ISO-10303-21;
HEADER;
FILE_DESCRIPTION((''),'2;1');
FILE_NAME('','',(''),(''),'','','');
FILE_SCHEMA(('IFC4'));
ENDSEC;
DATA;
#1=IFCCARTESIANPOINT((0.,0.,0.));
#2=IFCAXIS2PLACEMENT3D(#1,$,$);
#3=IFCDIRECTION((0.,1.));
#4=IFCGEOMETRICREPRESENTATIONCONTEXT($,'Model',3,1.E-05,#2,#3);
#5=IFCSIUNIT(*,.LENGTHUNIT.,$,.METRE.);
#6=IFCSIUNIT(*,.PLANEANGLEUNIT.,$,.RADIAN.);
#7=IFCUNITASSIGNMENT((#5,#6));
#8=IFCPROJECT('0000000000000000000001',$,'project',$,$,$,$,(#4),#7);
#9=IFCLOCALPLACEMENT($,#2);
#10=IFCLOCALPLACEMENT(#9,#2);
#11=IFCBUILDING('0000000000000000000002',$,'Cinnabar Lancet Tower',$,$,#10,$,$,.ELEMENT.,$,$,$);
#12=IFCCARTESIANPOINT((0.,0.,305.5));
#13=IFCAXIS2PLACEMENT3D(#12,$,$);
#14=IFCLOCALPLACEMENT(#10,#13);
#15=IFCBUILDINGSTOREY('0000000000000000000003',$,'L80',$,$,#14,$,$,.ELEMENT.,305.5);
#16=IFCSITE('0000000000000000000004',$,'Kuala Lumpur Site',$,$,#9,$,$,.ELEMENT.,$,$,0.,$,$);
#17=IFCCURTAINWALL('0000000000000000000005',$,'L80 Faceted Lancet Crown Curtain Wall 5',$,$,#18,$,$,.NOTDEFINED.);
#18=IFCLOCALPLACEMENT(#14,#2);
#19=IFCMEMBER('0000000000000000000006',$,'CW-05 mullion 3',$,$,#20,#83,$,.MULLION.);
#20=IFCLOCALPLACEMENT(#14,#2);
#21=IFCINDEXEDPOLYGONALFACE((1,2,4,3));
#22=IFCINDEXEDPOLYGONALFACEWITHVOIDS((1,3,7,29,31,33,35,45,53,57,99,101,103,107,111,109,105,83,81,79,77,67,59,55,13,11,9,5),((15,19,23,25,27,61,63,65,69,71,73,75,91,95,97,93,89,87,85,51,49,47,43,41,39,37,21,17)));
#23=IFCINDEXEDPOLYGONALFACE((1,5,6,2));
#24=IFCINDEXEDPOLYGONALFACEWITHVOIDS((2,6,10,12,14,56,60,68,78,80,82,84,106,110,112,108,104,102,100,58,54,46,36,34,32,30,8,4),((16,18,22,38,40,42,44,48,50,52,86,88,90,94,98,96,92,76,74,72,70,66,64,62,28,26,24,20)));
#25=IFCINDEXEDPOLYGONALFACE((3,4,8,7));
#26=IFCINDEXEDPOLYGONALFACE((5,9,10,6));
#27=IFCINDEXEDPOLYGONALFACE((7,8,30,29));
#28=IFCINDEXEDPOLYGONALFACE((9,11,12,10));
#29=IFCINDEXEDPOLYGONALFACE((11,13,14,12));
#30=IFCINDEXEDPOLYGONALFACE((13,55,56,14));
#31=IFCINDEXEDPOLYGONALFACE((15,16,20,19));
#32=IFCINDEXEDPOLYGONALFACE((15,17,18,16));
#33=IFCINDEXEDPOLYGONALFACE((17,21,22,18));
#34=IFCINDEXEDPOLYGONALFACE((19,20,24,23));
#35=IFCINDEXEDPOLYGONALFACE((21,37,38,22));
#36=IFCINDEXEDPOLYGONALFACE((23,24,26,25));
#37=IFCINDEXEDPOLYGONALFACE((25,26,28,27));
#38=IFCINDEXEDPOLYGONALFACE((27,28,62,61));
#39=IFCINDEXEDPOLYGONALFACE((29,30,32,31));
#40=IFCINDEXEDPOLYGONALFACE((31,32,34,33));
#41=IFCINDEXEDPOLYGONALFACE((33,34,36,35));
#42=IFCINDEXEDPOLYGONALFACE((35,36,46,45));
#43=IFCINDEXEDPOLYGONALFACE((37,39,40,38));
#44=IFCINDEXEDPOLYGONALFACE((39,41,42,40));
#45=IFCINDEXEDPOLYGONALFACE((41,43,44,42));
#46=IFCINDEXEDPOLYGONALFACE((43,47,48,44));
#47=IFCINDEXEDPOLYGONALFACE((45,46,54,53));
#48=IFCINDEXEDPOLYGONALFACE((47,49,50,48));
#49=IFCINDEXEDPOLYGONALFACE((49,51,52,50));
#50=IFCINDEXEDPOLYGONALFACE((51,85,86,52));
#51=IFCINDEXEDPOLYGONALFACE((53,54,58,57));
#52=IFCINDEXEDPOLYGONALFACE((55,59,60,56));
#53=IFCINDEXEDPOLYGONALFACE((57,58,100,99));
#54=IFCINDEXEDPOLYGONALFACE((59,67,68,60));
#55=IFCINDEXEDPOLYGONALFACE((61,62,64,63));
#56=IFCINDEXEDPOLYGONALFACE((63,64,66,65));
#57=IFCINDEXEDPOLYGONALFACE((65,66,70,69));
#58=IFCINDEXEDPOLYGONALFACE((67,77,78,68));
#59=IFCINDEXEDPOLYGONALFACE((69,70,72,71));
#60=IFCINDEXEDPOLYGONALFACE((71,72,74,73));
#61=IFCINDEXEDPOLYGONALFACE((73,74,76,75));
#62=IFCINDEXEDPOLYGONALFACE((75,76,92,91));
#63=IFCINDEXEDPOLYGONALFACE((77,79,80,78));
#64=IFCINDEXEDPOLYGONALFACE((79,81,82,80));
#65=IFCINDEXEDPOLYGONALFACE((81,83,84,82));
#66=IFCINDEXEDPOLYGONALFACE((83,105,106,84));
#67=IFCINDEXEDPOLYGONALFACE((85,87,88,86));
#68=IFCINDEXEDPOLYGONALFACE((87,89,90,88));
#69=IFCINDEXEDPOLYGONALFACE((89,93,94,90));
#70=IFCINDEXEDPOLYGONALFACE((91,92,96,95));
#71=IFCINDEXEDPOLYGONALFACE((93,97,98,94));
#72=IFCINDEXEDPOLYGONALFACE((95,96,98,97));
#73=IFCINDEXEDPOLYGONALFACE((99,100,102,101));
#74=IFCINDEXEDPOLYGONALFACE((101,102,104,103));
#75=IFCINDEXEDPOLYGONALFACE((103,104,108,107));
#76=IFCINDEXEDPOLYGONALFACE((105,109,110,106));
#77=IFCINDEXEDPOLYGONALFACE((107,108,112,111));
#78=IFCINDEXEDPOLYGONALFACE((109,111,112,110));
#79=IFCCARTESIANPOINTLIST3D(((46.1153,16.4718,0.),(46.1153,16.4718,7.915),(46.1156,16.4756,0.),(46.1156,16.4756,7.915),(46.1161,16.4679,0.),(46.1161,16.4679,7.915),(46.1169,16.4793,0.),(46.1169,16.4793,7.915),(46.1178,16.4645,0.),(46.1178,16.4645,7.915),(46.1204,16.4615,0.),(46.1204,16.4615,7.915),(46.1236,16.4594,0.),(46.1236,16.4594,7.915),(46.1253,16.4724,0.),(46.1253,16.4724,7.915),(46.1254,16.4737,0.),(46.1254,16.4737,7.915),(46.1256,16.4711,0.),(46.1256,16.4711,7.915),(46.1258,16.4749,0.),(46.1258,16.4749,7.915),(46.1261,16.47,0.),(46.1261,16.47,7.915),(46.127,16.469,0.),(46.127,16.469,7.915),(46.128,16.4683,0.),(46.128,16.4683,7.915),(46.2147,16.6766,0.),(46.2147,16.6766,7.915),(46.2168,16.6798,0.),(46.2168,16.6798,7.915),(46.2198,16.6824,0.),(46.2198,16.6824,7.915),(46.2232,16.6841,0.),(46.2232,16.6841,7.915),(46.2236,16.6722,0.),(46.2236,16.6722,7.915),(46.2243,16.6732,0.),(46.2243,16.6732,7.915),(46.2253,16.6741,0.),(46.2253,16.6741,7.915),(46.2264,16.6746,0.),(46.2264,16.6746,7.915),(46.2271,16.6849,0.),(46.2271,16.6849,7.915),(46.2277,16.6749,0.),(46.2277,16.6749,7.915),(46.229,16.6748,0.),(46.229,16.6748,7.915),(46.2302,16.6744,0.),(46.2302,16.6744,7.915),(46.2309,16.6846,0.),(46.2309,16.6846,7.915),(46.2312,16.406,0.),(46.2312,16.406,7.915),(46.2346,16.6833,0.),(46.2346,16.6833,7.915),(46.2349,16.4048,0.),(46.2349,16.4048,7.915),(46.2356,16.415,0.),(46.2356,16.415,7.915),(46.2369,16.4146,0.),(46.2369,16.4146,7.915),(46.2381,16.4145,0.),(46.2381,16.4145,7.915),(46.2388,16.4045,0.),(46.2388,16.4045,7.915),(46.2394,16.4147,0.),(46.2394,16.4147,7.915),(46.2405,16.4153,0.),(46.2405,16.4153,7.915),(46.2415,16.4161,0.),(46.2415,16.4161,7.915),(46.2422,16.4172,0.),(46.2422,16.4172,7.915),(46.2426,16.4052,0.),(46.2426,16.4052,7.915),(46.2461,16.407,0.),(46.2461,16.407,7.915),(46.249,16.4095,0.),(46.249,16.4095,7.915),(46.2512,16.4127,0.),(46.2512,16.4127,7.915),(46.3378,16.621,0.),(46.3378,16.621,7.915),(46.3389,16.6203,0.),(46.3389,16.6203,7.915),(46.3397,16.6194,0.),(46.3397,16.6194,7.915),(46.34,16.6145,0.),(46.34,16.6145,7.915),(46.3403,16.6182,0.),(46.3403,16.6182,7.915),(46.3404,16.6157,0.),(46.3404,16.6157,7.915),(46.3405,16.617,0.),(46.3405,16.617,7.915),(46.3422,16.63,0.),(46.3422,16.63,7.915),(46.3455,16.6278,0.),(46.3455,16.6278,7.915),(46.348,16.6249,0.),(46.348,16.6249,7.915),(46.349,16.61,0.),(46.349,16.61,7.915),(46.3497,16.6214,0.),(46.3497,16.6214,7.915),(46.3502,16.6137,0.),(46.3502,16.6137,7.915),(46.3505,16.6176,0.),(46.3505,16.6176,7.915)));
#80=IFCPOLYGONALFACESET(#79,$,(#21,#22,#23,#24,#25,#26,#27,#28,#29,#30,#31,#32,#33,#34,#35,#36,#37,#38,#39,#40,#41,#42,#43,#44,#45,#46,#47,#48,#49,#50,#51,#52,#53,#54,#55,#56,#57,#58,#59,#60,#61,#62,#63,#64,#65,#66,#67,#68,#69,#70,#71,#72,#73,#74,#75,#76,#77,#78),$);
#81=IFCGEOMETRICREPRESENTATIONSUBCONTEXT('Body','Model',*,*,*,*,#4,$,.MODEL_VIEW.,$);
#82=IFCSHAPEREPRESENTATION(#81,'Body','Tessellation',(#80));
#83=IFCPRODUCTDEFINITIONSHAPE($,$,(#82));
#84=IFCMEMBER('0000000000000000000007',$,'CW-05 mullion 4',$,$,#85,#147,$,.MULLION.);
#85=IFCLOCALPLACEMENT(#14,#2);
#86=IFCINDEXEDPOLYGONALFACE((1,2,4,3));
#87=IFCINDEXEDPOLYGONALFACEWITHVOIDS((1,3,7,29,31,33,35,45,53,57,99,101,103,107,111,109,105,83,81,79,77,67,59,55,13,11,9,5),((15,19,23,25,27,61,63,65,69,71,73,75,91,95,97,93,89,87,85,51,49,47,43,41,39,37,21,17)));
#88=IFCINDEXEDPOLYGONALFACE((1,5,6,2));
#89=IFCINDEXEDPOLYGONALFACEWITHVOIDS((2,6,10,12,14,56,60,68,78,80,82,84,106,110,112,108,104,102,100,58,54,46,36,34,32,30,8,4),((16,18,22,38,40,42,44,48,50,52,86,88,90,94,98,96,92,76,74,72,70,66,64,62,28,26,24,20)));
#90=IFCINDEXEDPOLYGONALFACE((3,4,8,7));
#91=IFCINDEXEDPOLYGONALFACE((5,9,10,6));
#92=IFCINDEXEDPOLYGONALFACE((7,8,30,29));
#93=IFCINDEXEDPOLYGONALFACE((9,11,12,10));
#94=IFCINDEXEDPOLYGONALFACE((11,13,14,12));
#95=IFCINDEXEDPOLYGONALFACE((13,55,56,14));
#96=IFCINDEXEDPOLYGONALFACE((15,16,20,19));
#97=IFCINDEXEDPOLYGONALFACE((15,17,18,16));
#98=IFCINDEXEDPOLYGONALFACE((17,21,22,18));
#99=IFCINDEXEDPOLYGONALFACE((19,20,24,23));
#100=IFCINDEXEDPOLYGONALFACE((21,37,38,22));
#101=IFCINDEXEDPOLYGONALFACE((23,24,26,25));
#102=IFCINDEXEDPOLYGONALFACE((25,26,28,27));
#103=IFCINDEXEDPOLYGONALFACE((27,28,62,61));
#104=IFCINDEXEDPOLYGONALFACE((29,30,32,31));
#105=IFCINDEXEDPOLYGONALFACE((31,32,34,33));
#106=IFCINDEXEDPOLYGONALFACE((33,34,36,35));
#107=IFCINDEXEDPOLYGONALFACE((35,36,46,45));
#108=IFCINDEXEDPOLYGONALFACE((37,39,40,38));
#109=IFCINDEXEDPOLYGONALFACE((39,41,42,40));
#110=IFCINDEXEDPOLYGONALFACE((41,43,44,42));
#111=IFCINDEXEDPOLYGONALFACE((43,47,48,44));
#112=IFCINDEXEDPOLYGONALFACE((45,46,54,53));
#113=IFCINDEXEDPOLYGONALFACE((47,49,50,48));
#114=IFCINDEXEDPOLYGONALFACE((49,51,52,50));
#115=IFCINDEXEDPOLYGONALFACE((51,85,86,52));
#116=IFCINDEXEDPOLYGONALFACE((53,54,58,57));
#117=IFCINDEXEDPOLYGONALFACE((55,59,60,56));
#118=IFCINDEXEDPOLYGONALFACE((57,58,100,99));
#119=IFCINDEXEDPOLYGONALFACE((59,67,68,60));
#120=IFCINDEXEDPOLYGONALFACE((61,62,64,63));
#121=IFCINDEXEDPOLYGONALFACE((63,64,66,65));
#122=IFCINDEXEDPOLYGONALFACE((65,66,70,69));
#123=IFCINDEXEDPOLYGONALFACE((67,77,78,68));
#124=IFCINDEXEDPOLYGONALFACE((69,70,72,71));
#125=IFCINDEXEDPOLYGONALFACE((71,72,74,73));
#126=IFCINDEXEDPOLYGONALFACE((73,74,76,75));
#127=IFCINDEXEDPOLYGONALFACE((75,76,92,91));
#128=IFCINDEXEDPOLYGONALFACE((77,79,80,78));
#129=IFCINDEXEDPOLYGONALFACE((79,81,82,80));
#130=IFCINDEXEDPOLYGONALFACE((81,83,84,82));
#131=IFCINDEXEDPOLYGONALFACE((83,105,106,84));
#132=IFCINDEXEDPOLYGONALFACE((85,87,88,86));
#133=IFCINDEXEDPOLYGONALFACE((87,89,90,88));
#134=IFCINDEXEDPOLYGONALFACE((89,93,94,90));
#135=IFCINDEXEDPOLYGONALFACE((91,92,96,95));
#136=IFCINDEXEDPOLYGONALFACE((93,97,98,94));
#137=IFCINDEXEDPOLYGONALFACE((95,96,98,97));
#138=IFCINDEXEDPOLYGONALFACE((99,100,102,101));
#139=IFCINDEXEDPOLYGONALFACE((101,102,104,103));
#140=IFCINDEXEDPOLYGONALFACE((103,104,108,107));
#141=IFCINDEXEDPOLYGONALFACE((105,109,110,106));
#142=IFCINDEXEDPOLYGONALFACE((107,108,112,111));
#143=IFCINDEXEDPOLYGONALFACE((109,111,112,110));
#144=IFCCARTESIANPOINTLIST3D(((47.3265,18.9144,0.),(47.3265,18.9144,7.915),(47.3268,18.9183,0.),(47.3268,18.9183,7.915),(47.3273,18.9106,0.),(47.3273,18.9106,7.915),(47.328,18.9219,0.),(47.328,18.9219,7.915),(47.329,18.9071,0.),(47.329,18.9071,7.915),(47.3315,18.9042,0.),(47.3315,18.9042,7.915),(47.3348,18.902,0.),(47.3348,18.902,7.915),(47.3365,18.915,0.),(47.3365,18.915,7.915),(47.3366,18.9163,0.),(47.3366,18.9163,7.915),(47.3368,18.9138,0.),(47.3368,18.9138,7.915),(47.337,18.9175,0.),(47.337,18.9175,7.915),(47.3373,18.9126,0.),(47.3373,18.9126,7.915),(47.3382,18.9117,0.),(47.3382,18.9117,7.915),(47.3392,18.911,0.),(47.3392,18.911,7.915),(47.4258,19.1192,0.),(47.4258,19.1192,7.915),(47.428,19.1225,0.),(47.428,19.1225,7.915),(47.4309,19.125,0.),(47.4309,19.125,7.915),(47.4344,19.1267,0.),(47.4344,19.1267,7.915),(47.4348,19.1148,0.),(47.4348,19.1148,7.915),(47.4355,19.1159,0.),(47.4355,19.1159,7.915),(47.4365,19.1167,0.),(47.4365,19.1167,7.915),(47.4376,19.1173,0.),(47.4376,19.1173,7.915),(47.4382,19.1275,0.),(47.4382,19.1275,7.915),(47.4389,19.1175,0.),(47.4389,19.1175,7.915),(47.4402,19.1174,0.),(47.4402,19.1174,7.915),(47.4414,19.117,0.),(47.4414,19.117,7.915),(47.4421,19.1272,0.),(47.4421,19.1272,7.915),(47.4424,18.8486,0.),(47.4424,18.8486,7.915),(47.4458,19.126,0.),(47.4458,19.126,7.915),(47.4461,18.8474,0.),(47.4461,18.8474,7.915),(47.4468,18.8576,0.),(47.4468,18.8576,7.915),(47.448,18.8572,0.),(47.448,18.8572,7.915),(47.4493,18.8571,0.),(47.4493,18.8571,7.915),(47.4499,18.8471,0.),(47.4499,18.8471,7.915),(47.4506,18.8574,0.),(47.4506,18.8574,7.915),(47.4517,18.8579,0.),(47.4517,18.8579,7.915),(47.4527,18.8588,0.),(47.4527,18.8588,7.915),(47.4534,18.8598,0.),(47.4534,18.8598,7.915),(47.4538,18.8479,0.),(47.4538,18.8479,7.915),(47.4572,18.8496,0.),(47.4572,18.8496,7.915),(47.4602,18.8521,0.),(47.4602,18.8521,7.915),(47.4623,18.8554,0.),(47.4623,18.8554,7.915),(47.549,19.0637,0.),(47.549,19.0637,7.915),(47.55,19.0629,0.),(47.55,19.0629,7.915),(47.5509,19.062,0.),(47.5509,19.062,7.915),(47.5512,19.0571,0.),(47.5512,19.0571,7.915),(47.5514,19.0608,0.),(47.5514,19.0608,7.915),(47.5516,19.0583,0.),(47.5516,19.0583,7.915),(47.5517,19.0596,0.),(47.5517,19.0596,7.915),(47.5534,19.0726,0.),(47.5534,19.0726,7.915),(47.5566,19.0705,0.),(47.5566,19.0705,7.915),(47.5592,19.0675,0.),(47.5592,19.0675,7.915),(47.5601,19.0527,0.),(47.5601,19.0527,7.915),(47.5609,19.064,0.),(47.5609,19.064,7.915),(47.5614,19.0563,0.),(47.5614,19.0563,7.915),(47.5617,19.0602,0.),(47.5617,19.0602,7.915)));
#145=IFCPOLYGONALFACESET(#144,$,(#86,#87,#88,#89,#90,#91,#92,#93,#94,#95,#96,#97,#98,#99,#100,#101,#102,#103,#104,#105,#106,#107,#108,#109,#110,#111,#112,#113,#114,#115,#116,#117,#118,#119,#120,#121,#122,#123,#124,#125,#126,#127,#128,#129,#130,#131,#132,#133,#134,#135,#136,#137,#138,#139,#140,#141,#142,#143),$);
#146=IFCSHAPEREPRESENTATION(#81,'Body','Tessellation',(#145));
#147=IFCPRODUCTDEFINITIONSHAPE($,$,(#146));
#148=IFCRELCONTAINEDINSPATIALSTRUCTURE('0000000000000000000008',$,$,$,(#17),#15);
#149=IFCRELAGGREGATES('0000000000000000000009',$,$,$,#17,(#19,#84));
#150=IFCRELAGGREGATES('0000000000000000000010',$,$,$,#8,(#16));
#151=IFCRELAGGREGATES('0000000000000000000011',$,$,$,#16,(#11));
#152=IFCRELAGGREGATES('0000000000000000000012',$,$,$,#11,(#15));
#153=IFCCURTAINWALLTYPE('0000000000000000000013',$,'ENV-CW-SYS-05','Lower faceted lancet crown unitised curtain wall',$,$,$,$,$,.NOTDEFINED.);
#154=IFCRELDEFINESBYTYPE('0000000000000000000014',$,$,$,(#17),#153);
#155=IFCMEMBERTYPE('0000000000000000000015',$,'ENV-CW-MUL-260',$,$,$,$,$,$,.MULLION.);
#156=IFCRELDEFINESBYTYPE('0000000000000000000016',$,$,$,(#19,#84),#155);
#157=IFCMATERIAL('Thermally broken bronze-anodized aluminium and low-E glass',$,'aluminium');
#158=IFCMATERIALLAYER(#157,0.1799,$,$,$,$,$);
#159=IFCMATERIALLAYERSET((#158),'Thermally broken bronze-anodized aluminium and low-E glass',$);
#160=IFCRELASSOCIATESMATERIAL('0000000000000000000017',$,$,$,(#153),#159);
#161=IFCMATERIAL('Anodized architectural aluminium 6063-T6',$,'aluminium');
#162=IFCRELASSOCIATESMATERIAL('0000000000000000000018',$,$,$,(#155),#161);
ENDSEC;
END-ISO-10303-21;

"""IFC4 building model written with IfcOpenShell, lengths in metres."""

from ifc_helpers import new_model, si_unit, direction, frame, origin, origin_2d, place, context, subcontext, project, spatial, hollow_rectangle, extrude, material, layer, layer_set, material_profile, profile_set, type_object, element, aggregate, save


model = new_model("IFC4")

# Units and contexts
model_context = context("Model", 3, precision=1e-05, world=origin(), true_north=direction((0.0, 1.0)))
body_context = subcontext(model_context, "Body", "Model", "MODEL_VIEW")
ifc_project = project(units=[si_unit("LENGTHUNIT", "METRE"), si_unit("PLANEANGLEUNIT", "RADIAN")], contexts=[model_context])

# Site, building, storey
site_placement = place(None, origin())
site = spatial("IfcSite", under=ifc_project, at=site_placement, Name="Kuala Lumpur Site", CompositionType="ELEMENT", RefElevation=0.0)
building_placement = place(site_placement, origin())
building = spatial("IfcBuilding", under=site, at=building_placement, Name="Cinnabar Lancet Tower", CompositionType="ELEMENT")
storey_placement = place(building_placement, frame((0.0, 0.0, 305.5)))
storey = spatial("IfcBuildingStorey", under=building, at=storey_placement, Name="L80", CompositionType="ELEMENT", Elevation=305.5)

# Curtain wall, members
ifc_material_1 = material(Name="Thermally broken bronze-anodized aluminium and low-E glass", Category="aluminium")
ifc_layer_1 = layer(ifc_material_1, 0.1799)
ifc_layer_set_1 = layer_set([ifc_layer_1], Name="Thermally broken bronze-anodized aluminium and low-E glass")
curtain_wall_type = type_object("IfcCurtainWallType", Name="ENV-CW-SYS-05", Description="Lower faceted lancet crown unitised curtain wall", PredefinedType="NOTDEFINED", material=ifc_layer_set_1)
curtain_wall_placement = place(storey_placement, origin())
curtain_wall = element("IfcCurtainWall", 1, at=curtain_wall_placement, inside=storey, type_object=curtain_wall_type, Name="L80 Faceted Lancet Crown Curtain Wall 5", PredefinedType="NOTDEFINED")
ifc_material_2 = material(Name="Anodized architectural aluminium 6063-T6", Category="aluminium")
ifc_material_profile_1 = material_profile(ifc_material_2, hollow_rectangle(XDim=0.1499, YDim=0.25, WallThickness=0.01, InnerFilletRadius=0.0049, OuterFilletRadius=0.0149, at=origin_2d()), Name="RHS 250x150x10")
ifc_profile_set_1 = profile_set([ifc_material_profile_1], Name="Anodized architectural aluminium 6063-T6")
member_type_1 = type_object("IfcMemberType", Name="ENV-CW-MUL-260", PredefinedType="MULLION", material=ifc_profile_set_1)
member_1_placement = place(storey_placement, frame((46.2329, 16.5447, 0.0), z_axis=(0.0, 0.0, 1.0), x_axis=(-0.895948, 0.444159, 0.0)))
member_1 = element("IfcMember", 2, at=member_1_placement, type_object=member_type_1, Name="CW-05 mullion 3", PredefinedType="MULLION", context=body_context, shape_type="SweptSolid", body=[
    extrude(hollow_rectangle(XDim=0.1499, YDim=0.25, WallThickness=0.01, InnerFilletRadius=0.0049, OuterFilletRadius=0.0149, at=origin_2d()), origin(), (0.0, 0.0, 1.0), 7.915),
])
member_2_placement = place(storey_placement, frame((47.4441, 18.9873, 0.0), z_axis=(0.0, 0.0, 1.0), x_axis=(-0.895948, 0.444159, 0.0)))
member_2 = element("IfcMember", 3, at=member_2_placement, type_object=member_type_1, Name="CW-05 mullion 4", PredefinedType="MULLION", context=body_context, shape_type="SweptSolid", body=[
    extrude(hollow_rectangle(XDim=0.1499, YDim=0.25, WallThickness=0.01, InnerFilletRadius=0.0049, OuterFilletRadius=0.0149, at=origin_2d()), origin(), (0.0, 0.0, 1.0), 7.915),
])
aggregate(curtain_wall, [member_1, member_2])

save(model, "model.ifc")
